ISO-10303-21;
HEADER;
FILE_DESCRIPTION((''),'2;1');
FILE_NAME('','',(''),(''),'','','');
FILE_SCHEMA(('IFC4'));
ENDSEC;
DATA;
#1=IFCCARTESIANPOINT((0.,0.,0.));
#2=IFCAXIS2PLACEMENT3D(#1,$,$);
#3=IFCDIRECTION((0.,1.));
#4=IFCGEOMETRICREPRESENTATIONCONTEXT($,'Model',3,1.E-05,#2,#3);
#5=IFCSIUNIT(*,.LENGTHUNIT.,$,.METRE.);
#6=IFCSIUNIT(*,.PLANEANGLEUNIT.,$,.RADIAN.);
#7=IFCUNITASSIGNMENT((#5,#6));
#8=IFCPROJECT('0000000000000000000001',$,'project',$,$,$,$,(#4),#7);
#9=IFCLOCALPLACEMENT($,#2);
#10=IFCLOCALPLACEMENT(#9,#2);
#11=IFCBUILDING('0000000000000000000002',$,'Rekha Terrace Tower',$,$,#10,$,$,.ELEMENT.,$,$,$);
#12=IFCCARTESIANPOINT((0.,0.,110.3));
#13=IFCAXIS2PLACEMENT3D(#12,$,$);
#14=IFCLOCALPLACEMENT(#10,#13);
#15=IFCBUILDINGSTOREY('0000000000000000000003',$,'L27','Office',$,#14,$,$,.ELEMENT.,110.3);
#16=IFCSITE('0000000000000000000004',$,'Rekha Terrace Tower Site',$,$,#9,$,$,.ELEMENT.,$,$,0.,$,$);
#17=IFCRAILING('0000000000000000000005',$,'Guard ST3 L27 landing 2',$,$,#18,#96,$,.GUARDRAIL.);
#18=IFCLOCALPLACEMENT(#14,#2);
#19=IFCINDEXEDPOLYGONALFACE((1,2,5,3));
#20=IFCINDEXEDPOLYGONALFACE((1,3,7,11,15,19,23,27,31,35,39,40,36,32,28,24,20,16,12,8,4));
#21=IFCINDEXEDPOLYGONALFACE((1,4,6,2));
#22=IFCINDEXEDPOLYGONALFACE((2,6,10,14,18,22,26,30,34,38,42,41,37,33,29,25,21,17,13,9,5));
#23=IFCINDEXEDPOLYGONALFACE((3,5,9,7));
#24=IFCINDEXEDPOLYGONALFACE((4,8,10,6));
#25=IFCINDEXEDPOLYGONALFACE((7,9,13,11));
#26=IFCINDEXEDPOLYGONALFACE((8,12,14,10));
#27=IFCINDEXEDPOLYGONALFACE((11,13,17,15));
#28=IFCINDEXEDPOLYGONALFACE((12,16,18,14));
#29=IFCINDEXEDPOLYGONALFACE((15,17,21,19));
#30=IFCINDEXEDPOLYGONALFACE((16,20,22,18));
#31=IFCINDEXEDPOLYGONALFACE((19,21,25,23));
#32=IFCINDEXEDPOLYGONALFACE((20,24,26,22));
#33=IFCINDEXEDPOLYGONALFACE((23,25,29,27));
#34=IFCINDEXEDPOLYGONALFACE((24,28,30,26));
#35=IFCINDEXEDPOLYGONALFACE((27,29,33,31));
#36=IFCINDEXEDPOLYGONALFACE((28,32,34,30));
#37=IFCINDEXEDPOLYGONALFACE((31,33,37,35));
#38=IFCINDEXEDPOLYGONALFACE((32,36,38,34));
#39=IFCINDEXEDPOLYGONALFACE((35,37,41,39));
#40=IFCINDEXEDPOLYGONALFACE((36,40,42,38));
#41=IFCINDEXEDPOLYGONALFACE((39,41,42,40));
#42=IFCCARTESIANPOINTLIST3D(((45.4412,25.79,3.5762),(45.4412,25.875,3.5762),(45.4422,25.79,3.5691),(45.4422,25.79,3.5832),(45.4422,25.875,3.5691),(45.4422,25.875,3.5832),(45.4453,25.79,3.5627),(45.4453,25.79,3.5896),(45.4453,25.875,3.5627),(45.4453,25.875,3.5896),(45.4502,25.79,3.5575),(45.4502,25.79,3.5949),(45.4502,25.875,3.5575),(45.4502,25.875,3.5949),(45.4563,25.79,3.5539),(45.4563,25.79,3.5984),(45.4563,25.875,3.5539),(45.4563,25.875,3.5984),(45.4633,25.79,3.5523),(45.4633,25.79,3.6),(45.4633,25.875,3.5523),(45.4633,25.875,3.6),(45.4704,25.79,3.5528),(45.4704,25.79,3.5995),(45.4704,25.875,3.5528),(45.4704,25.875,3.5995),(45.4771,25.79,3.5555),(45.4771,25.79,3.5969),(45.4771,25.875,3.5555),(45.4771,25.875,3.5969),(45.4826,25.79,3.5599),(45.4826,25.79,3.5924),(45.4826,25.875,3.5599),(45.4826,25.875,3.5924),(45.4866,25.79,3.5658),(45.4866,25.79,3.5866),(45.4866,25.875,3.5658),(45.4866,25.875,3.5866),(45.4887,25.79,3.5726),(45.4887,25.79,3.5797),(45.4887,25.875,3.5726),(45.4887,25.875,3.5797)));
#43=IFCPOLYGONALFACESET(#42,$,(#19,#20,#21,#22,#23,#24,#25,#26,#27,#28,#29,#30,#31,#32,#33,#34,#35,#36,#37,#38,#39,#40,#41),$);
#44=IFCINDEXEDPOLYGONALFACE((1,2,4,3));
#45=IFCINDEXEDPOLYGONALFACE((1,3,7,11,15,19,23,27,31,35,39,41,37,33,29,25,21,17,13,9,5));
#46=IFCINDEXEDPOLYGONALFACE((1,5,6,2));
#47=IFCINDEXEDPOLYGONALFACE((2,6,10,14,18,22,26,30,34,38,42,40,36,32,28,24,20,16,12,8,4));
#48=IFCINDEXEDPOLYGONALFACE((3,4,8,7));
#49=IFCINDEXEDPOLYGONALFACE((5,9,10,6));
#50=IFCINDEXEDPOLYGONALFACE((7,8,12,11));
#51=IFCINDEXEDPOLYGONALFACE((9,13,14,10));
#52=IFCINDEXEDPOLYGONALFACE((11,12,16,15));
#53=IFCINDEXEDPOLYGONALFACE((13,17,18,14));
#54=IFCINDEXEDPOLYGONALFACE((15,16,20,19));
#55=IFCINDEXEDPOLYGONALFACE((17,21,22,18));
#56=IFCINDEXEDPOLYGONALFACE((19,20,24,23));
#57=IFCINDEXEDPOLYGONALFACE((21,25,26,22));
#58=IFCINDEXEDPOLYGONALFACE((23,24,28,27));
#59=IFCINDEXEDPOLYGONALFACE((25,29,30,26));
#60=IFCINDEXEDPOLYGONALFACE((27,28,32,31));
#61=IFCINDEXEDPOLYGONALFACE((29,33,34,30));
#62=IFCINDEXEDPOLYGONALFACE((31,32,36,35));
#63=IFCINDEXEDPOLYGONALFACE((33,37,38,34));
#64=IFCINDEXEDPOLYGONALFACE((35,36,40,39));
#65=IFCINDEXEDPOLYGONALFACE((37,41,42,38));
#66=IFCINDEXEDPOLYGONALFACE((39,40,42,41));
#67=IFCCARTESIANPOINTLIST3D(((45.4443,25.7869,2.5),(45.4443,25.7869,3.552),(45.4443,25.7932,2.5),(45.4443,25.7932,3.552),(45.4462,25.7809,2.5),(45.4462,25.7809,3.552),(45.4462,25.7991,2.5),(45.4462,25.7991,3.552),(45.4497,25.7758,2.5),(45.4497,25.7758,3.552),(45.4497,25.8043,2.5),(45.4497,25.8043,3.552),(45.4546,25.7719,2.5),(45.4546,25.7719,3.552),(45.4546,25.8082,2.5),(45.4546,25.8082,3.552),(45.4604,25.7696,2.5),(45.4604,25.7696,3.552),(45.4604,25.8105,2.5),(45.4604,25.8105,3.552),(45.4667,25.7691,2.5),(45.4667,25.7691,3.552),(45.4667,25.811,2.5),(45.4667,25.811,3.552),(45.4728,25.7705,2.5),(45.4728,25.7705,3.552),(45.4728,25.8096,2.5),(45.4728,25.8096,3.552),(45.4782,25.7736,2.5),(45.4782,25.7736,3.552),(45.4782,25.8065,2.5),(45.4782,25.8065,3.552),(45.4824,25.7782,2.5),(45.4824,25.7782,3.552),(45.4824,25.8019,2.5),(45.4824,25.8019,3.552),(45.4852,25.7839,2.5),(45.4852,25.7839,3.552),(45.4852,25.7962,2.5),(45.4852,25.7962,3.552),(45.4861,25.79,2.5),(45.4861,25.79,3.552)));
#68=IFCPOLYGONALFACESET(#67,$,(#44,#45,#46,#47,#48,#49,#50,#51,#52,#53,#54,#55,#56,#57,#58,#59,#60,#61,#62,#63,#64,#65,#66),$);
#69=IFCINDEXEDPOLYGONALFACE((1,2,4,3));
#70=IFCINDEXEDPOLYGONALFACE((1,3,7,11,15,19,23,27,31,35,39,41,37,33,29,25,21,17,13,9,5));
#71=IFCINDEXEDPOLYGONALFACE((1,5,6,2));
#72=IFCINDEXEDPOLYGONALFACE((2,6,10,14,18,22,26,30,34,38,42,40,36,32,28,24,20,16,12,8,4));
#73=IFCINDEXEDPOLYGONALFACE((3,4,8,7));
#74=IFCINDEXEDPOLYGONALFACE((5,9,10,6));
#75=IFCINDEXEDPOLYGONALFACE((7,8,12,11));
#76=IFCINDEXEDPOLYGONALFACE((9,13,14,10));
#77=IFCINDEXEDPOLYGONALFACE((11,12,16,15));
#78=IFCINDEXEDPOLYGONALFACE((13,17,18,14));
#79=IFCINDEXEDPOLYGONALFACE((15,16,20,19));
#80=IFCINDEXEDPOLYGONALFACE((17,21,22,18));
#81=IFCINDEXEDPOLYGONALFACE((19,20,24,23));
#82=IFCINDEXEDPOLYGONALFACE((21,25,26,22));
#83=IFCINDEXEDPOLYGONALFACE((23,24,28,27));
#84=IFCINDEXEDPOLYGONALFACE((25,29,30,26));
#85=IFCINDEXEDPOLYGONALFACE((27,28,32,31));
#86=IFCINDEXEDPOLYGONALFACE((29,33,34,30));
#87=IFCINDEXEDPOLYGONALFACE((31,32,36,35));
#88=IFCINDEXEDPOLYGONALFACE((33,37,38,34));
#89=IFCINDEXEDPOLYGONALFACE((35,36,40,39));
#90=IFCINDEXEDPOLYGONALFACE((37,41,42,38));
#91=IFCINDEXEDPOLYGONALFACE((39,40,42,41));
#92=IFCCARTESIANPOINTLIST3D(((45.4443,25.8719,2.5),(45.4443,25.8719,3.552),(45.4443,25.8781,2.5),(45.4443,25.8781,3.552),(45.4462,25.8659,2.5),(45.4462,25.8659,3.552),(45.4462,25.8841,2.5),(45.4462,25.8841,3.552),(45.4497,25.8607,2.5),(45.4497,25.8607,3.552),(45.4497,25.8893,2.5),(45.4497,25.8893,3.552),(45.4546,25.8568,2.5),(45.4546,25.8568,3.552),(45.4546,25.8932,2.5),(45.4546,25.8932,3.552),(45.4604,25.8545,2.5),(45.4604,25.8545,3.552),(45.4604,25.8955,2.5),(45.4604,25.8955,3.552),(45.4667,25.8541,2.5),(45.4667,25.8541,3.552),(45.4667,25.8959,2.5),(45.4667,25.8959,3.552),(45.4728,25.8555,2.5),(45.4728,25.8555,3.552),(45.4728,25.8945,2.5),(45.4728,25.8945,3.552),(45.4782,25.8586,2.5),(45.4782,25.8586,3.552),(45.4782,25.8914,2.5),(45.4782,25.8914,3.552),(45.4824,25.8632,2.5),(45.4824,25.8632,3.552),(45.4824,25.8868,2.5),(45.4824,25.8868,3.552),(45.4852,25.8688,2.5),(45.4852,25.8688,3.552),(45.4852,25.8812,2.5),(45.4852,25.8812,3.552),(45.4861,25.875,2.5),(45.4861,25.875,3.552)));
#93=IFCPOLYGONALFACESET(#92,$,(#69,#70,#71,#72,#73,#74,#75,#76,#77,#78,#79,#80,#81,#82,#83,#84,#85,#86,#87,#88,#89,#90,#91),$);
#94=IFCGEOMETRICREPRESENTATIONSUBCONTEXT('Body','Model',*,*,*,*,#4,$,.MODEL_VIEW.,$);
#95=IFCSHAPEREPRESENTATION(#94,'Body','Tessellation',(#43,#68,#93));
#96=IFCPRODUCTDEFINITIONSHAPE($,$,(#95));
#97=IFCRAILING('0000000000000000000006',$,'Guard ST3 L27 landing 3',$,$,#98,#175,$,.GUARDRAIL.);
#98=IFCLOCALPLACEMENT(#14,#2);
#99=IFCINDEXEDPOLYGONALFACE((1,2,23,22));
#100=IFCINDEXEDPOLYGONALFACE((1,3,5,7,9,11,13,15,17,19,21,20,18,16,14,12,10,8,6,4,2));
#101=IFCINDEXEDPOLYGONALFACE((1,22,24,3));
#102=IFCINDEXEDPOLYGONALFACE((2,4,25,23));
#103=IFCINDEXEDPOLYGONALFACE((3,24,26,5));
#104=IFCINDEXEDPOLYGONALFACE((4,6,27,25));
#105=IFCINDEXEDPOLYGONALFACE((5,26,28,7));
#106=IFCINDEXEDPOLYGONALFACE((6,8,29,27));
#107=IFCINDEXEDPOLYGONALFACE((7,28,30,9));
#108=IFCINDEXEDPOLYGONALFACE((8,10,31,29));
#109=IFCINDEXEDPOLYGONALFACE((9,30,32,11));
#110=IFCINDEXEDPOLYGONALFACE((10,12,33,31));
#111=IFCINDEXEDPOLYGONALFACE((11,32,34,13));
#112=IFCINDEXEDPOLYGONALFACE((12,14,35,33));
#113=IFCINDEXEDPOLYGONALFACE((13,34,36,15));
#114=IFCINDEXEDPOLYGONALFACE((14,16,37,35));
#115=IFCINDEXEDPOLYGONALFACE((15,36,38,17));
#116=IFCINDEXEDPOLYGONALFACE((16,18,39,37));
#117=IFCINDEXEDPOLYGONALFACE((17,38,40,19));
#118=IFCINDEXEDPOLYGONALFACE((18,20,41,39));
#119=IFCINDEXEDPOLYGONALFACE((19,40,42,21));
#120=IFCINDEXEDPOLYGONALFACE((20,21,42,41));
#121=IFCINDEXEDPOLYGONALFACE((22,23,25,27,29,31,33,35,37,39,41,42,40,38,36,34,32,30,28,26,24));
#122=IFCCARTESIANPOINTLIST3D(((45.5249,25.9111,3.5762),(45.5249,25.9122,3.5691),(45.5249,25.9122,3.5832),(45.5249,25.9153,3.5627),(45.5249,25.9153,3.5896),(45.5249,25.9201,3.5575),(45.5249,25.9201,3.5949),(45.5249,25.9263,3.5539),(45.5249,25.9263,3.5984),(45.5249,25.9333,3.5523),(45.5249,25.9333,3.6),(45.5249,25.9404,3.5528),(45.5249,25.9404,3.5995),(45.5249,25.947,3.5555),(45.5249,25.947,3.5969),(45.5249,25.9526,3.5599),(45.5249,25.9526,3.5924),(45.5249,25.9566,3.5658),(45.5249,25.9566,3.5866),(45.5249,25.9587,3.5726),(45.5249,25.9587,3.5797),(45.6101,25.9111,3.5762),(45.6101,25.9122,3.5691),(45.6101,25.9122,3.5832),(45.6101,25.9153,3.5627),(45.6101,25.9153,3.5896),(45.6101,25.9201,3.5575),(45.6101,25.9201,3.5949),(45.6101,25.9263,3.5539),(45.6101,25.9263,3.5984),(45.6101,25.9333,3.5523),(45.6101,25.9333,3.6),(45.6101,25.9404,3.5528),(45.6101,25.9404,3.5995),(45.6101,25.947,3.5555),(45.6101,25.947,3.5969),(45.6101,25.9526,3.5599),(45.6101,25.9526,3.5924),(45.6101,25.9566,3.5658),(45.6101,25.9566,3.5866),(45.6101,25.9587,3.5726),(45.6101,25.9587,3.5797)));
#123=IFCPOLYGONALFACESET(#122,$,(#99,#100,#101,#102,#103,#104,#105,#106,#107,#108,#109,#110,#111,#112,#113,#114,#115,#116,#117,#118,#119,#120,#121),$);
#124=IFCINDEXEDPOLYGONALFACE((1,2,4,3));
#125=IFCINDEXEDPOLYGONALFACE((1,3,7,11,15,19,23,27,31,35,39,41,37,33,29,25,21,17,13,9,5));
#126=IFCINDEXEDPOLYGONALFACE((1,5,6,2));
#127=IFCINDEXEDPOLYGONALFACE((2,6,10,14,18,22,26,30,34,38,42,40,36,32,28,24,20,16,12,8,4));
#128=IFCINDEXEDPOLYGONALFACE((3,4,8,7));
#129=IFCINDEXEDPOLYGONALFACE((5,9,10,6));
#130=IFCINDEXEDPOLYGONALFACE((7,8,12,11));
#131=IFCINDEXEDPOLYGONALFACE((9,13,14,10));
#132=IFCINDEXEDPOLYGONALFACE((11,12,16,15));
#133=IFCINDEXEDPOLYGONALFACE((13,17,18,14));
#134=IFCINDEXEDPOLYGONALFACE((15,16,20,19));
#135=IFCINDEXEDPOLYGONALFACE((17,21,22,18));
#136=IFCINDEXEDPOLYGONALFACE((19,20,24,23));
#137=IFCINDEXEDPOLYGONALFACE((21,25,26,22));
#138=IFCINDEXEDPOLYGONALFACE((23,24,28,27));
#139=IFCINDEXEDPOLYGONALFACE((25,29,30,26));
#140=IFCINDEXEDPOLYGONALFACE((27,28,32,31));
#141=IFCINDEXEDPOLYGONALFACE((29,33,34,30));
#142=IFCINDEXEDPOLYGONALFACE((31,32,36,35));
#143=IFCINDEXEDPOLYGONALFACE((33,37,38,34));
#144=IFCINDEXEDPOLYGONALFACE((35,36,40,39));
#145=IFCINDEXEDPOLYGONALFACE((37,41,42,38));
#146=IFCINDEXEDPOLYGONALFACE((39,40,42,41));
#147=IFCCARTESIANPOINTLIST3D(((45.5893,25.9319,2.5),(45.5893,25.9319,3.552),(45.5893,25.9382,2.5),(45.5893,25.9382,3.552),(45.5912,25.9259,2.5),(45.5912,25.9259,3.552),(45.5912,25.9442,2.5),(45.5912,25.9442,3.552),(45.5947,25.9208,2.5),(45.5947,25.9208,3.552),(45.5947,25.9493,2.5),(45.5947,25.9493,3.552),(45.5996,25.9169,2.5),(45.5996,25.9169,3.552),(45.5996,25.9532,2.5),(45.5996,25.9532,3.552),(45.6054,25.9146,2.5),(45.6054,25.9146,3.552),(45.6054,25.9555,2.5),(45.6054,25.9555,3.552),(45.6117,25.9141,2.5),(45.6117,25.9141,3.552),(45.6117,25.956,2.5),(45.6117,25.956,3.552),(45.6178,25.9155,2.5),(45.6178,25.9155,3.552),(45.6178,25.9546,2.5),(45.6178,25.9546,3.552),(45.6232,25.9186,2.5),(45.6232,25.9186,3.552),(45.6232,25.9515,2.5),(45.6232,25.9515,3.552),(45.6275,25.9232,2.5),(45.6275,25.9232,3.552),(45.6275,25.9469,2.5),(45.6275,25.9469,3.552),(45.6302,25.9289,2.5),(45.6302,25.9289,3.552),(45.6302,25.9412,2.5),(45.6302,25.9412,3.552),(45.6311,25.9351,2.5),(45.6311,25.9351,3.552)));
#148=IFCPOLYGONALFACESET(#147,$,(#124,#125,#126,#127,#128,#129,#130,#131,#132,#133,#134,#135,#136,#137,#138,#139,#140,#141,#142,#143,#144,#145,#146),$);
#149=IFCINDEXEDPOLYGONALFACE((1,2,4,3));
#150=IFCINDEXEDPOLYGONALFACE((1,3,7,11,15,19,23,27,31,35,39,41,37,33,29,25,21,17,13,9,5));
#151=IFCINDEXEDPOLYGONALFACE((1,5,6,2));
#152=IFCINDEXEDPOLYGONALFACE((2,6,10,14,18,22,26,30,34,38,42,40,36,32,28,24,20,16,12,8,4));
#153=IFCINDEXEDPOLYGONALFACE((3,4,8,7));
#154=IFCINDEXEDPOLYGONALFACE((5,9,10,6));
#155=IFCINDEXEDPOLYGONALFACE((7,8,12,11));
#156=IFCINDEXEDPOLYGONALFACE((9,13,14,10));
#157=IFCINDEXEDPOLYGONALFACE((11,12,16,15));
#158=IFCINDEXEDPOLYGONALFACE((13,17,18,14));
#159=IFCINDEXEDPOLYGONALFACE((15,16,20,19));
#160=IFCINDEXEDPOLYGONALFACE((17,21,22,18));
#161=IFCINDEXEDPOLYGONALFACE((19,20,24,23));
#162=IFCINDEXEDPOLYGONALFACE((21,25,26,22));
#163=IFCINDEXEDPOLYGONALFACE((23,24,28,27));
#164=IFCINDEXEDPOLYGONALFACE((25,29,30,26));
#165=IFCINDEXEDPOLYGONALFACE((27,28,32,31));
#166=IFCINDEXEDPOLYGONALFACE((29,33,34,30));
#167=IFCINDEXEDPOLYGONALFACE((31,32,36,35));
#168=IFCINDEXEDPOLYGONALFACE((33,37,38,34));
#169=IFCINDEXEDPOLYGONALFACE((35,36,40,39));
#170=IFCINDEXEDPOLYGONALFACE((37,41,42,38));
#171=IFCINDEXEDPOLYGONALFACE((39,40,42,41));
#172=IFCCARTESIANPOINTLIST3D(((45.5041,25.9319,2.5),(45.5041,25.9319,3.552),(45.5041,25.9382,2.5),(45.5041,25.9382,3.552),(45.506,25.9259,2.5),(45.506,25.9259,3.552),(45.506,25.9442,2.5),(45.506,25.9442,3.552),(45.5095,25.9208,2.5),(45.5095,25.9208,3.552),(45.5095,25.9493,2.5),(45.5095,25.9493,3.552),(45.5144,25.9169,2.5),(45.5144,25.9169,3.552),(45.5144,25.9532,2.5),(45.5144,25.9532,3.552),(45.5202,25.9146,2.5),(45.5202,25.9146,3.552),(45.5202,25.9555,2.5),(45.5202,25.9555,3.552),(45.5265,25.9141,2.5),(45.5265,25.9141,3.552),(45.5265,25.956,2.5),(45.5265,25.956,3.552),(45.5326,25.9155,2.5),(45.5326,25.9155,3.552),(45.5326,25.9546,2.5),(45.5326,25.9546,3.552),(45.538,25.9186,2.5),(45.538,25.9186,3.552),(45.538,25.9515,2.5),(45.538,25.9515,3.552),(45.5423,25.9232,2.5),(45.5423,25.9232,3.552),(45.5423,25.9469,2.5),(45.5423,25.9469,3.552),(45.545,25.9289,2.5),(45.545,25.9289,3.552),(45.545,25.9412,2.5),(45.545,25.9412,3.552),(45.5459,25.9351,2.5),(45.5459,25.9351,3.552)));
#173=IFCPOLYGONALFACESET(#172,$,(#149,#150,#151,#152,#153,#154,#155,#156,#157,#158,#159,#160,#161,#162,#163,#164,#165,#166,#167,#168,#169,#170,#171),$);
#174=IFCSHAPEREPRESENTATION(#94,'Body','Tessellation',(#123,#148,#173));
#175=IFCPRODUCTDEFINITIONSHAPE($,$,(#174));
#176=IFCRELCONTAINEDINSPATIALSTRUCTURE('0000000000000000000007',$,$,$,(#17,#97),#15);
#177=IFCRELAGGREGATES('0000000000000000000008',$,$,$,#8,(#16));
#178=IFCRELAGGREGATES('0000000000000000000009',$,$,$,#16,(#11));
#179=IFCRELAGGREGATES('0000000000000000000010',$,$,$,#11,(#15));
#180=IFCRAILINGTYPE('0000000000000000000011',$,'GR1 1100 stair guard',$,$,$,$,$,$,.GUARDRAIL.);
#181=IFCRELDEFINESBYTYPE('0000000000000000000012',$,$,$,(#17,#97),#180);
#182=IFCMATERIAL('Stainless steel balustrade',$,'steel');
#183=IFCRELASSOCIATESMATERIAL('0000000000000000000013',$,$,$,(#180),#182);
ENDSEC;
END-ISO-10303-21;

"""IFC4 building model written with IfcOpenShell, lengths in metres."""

from ifc_helpers import new_model, si_unit, direction, frame, origin, origin_2d, place, context, subcontext, project, spatial, circle, extrude, material, type_object, element, save


model = new_model("IFC4")

# Units and contexts
model_context = context("Model", 3, precision=1e-05, world=origin(), true_north=direction((0.0, 1.0)))
body_context = subcontext(model_context, "Body", "Model", "MODEL_VIEW")
ifc_project = project(units=[si_unit("LENGTHUNIT", "METRE"), si_unit("PLANEANGLEUNIT", "RADIAN")], contexts=[model_context])

# Site, building, storey
site_placement = place(None, origin())
site = spatial("IfcSite", under=ifc_project, at=site_placement, Name="Rekha Terrace Tower Site", CompositionType="ELEMENT", RefElevation=0.0)
building_placement = place(site_placement, origin())
building = spatial("IfcBuilding", under=site, at=building_placement, Name="Rekha Terrace Tower", CompositionType="ELEMENT")
storey_placement = place(building_placement, frame((0.0, 0.0, 110.3)))
storey = spatial("IfcBuildingStorey", under=building, at=storey_placement, Name="L27", Description="Office", CompositionType="ELEMENT", Elevation=110.3)

# Railings
ifc_material_1 = material(Name="Stainless steel balustrade", Category="steel")
railing_type_1 = type_object("IfcRailingType", Name="GR1 1100 stair guard", PredefinedType="GUARDRAIL", material=ifc_material_1)
railing_1_placement = place(storey_placement, frame((45.4651, 25.79, 2.5)))
element("IfcRailing", 1, at=railing_1_placement, inside=storey, type_object=railing_type_1, Name="Guard ST3 L27 landing 2", PredefinedType="GUARDRAIL", context=body_context, shape_type="SweptSolid", body=[
    extrude(circle(Radius=0.0239, at=origin_2d()), frame((0.0, 0.0, 1.0762), z_axis=(0.0, 1.0, 0.0), x_axis=(-1.0, 0.0, 0.0)), (0.0, 0.0, 1.0), 0.085),
    extrude(circle(Radius=0.021, at=origin_2d()), origin(), (0.0, 0.0, 1.0), 1.052),
    extrude(circle(Radius=0.021, at=origin_2d()), frame((0.0, 0.085, 0.0)), (0.0, 0.0, 1.0), 1.052),
])
railing_2_placement = place(storey_placement, frame((45.6101, 25.9351, 2.5)))
element("IfcRailing", 2, at=railing_2_placement, inside=storey, type_object=railing_type_1, Name="Guard ST3 L27 landing 3", PredefinedType="GUARDRAIL", context=body_context, shape_type="SweptSolid", body=[
    extrude(circle(Radius=0.0239, at=origin_2d()), frame((0.0, 0.0, 1.0762), z_axis=(-1.0, 0.0, 0.0), x_axis=(0.0, -1.0, 0.0)), (0.0, 0.0, 1.0), 0.0852),
    extrude(circle(Radius=0.021, at=origin_2d()), origin(), (0.0, 0.0, 1.0), 1.052),
    extrude(circle(Radius=0.021, at=origin_2d()), frame((-0.0852, 0.0, 0.0)), (0.0, 0.0, 1.0), 1.052),
])

save(model, "model.ifc")
